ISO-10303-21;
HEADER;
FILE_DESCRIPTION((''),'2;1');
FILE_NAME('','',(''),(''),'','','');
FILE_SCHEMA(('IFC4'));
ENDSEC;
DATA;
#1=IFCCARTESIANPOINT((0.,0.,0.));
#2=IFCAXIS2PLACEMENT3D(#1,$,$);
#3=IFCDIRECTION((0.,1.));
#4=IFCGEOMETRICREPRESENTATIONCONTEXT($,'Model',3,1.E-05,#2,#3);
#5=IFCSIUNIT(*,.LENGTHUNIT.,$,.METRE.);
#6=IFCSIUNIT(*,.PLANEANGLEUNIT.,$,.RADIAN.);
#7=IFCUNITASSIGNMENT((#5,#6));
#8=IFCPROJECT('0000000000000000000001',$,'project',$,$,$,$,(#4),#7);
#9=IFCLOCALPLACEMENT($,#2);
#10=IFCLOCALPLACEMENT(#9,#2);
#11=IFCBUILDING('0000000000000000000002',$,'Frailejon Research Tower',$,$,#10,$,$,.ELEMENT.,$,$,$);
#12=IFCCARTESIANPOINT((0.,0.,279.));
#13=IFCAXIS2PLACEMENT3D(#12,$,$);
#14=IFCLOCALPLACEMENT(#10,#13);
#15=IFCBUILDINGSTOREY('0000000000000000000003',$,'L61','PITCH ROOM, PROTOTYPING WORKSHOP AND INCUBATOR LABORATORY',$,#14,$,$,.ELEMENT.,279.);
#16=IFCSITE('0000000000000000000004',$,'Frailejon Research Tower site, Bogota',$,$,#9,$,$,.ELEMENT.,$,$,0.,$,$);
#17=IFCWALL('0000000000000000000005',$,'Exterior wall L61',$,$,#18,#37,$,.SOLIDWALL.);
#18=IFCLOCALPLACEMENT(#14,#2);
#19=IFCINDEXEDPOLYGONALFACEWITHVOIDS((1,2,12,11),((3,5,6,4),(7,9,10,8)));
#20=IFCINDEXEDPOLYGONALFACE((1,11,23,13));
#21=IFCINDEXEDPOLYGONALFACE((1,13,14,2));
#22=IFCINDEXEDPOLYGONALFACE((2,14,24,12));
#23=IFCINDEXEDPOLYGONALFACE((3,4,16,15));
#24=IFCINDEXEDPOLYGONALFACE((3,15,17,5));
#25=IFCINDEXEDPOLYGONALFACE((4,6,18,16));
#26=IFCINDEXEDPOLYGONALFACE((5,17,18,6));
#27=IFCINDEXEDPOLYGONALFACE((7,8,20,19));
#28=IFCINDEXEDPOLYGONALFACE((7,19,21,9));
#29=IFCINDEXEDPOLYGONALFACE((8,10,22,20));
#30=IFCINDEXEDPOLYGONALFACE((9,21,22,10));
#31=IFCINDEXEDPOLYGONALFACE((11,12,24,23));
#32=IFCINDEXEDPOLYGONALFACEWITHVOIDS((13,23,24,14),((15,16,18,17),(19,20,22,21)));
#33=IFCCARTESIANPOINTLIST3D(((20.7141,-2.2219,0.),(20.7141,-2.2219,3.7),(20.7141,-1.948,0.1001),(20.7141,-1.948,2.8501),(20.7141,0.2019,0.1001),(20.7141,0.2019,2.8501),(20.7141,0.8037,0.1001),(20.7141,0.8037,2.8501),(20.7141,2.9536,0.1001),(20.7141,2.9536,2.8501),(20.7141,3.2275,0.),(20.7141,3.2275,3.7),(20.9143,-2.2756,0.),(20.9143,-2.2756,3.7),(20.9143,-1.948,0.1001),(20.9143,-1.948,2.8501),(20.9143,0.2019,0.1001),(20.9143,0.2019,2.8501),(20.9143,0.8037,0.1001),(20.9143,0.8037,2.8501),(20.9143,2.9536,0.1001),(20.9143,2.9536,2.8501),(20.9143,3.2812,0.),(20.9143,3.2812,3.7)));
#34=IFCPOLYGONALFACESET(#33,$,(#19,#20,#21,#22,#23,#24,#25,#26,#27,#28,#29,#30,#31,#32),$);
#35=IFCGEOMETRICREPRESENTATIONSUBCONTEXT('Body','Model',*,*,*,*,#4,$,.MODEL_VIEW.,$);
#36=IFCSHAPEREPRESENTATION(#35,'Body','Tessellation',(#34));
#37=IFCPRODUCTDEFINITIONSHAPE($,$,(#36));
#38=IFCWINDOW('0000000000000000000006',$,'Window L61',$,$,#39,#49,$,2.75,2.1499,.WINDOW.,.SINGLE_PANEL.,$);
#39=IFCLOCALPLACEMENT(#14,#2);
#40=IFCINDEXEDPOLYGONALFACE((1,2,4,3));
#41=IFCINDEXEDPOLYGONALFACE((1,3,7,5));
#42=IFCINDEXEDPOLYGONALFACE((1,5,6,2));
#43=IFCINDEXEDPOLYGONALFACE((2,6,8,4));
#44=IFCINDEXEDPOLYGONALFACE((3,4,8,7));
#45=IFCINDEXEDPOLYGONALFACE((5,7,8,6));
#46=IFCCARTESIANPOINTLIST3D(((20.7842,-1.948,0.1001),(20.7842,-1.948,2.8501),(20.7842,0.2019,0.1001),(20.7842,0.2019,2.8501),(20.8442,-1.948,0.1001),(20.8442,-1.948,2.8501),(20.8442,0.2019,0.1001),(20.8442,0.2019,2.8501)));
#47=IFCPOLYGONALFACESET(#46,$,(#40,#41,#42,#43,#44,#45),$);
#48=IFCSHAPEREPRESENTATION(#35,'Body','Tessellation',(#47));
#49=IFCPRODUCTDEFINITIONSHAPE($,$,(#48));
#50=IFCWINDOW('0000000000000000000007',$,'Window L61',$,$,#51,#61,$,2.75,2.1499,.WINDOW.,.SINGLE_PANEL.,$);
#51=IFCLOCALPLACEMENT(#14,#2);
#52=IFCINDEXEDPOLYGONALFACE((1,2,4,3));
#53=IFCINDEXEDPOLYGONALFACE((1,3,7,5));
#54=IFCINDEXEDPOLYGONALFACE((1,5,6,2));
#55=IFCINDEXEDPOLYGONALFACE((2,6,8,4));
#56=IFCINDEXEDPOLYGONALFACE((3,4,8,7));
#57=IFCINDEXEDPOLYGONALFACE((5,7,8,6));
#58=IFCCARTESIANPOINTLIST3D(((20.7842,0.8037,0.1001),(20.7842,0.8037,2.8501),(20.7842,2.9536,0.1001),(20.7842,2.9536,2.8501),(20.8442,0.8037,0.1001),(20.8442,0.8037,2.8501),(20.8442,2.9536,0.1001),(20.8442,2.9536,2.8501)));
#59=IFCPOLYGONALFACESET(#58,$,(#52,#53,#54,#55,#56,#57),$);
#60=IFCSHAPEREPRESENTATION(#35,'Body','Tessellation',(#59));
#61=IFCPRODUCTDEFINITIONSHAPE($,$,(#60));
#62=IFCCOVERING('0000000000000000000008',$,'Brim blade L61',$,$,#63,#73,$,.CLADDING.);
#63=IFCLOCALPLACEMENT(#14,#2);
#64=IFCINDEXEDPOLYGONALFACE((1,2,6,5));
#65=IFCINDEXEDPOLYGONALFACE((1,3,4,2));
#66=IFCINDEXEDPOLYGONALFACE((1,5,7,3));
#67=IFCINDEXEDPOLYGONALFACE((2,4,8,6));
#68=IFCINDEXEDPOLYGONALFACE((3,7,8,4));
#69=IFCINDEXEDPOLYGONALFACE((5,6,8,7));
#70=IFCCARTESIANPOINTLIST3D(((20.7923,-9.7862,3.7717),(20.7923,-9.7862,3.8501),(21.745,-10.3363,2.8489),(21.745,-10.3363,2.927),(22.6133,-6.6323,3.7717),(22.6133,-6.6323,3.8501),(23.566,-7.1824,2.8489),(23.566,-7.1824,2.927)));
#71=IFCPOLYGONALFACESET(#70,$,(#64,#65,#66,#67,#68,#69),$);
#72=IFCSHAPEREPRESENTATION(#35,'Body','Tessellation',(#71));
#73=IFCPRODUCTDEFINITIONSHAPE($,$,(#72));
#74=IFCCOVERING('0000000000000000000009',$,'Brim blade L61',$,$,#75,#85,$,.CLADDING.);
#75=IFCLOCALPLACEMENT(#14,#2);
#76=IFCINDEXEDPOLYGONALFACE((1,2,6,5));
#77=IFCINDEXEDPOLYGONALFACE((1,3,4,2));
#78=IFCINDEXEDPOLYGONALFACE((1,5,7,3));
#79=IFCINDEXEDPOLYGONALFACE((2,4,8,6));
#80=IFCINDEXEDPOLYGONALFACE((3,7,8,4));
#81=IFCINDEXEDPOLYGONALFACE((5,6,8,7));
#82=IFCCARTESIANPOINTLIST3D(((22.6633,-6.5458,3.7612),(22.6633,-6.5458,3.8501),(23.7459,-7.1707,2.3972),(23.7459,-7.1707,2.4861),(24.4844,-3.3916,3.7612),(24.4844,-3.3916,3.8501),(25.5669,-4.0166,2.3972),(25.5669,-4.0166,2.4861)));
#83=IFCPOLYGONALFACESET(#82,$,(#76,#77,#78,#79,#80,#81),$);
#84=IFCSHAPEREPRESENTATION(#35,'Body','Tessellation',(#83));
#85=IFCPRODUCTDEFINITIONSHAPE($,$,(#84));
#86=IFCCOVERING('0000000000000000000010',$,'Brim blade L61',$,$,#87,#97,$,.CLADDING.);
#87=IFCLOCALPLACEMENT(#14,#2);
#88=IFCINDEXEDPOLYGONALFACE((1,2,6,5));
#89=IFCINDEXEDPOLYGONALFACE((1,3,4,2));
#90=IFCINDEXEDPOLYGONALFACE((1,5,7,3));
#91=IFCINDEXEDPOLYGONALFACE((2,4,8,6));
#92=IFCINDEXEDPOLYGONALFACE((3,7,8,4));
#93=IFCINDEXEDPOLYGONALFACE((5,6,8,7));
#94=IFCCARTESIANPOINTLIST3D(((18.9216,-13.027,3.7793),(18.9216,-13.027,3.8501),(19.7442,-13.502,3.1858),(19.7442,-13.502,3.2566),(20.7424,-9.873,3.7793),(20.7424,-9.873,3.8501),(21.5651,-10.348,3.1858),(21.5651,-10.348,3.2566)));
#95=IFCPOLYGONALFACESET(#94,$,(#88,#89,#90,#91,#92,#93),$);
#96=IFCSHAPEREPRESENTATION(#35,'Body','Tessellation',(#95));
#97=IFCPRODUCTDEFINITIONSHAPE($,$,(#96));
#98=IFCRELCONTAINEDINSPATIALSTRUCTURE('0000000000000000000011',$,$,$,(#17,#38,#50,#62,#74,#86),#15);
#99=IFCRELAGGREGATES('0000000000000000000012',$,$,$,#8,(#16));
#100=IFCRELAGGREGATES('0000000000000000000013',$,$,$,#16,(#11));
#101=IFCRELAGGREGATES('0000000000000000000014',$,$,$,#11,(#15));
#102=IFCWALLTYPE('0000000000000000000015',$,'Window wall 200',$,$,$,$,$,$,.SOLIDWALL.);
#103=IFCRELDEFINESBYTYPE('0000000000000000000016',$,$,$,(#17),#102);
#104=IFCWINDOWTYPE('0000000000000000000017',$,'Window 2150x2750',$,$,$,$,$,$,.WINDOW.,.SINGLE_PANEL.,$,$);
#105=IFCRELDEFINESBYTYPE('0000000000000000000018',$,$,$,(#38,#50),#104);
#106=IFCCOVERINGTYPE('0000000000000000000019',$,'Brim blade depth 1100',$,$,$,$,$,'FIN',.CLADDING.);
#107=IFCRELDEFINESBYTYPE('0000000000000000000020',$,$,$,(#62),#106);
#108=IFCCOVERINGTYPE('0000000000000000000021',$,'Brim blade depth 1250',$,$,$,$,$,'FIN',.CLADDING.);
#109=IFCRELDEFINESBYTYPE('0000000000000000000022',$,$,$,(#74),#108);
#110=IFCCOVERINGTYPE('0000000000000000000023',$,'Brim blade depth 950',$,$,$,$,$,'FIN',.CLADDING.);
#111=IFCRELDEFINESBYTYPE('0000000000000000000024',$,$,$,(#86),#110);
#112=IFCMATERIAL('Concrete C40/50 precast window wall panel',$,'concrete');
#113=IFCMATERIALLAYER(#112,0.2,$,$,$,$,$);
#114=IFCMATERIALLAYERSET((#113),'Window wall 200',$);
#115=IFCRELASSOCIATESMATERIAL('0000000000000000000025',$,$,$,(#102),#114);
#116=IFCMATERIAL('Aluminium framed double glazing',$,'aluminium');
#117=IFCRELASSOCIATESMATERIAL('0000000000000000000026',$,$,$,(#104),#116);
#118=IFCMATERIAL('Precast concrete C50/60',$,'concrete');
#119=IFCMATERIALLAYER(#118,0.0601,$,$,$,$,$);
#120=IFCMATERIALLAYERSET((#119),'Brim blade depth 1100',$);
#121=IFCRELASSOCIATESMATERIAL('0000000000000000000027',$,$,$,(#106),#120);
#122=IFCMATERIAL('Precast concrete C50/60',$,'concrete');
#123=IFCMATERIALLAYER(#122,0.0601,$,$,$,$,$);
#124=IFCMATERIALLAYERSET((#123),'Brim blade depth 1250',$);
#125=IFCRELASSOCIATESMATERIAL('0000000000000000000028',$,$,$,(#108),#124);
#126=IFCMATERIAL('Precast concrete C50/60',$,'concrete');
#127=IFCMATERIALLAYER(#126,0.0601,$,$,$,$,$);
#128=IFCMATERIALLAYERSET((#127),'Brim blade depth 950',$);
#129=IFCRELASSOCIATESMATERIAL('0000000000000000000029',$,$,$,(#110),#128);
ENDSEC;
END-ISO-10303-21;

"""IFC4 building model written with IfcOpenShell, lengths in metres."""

from ifc_helpers import new_model, si_unit, direction, frame, frame_2d, origin, place, context, subcontext, project, spatial, polyline, rectangle, outline, extrude, material, layer, layer_set, type_object, element, fill, save


model = new_model("IFC4")

# Units and contexts
model_context = context("Model", 3, precision=1e-05, world=origin(), true_north=direction((0.0, 1.0)))
body_context = subcontext(model_context, "Body", "Model", "MODEL_VIEW")
ifc_project = project(units=[si_unit("LENGTHUNIT", "METRE"), si_unit("PLANEANGLEUNIT", "RADIAN")], contexts=[model_context])

# Site, building, storey
site_placement = place(None, origin())
site = spatial("IfcSite", under=ifc_project, at=site_placement, Name="Frailejon Research Tower site, Bogota", CompositionType="ELEMENT", RefElevation=0.0)
building_placement = place(site_placement, origin())
building = spatial("IfcBuilding", under=site, at=building_placement, Name="Frailejon Research Tower", CompositionType="ELEMENT")
storey_placement = place(building_placement, frame((0.0, 0.0, 279.0)))
storey = spatial("IfcBuildingStorey", under=building, at=storey_placement, Name="L61", Description="PITCH ROOM, PROTOTYPING WORKSHOP AND INCUBATOR LABORATORY", CompositionType="ELEMENT", Elevation=279.0)

# Wall, openings, windows
ifc_material_1 = material(Name="Concrete C40/50 precast window wall panel", Category="concrete")
ifc_layer_1 = layer(ifc_material_1, 0.2)
ifc_layer_set_1 = layer_set([ifc_layer_1], Name="Window wall 200")
wall_type = type_object("IfcWallType", Name="Window wall 200", PredefinedType="SOLIDWALL", material=ifc_layer_set_1)
wall_placement = place(storey_placement, frame((20.8142, -2.2488, 0.0), z_axis=(0.0, 0.0, 1.0), x_axis=(0.0, 1.0, 0.0)))
wall = element("IfcWall", 1, at=wall_placement, inside=storey, type_object=wall_type, Name="Exterior wall L61", PredefinedType="SOLIDWALL", context=body_context, shape_type="SweptSolid", body=[
    extrude(outline(polyline([(-0.0269, -0.1001), (1.0845, -0.1001), (2.1958, -0.1001), (3.3074, -0.1001), (4.4187, -0.1001), (5.53, -0.1001), (5.4763, 0.1001), (4.3865, 0.1001), (3.2966, 0.1001), (2.2065, 0.1001), (1.1167, 0.1001), (0.0269, 0.1001), (-0.0269, -0.1001)])), origin(), (0.0, 0.0, 1.0), 3.7),
])
opening_1_placement = place(wall_placement, frame((0.3008, 0.0, 0.1001)))
opening_1 = element("IfcOpeningElement", 2, at=opening_1_placement, cuts=wall, PredefinedType="OPENING", context=body_context, shape_type="SweptSolid", body=[
    extrude(rectangle(XDim=2.1499, YDim=2.75, at=frame_2d((1.075, 1.375))), frame((0.0, 0.1099, 0.0), z_axis=(0.0, -1.0, 0.0), x_axis=(1.0, 0.0, 0.0)), (0.0, 0.0, 1.0), 0.22),
])
opening_2_placement = place(wall_placement, frame((3.0525, 0.0, 0.1001)))
opening_2 = element("IfcOpeningElement", 3, at=opening_2_placement, cuts=wall, PredefinedType="OPENING", context=body_context, shape_type="SweptSolid", body=[
    extrude(rectangle(XDim=2.1499, YDim=2.75, at=frame_2d((1.075, 1.375))), frame((0.0, 0.1099, 0.0), z_axis=(0.0, -1.0, 0.0), x_axis=(1.0, 0.0, 0.0)), (0.0, 0.0, 1.0), 0.22),
])
ifc_material_2 = material(Name="Aluminium framed double glazing", Category="aluminium")
window_type = type_object("IfcWindowType", Name="Window 2150x2750", PartitioningType="SINGLE_PANEL", PredefinedType="WINDOW", material=ifc_material_2)
window_1_placement = place(opening_1_placement, origin())
window_1 = element("IfcWindow", 4, at=window_1_placement, inside=storey, type_object=window_type, Name="Window L61", OverallHeight=2.75, OverallWidth=2.1499, PartitioningType="SINGLE_PANEL", PredefinedType="WINDOW", context=body_context, shape_type="SweptSolid", body=[
    extrude(rectangle(XDim=2.1499, YDim=2.75, at=frame_2d((1.075, 1.375))), frame((0.0, 0.03, 0.0), z_axis=(0.0, -1.0, 0.0), x_axis=(1.0, 0.0, 0.0)), (0.0, 0.0, 1.0), 0.0601),
])
fill(opening_1, window_1)
window_2_placement = place(opening_2_placement, origin())
window_2 = element("IfcWindow", 5, at=window_2_placement, inside=storey, type_object=window_type, Name="Window L61", OverallHeight=2.75, OverallWidth=2.1499, PartitioningType="SINGLE_PANEL", PredefinedType="WINDOW", context=body_context, shape_type="SweptSolid", body=[
    extrude(rectangle(XDim=2.1499, YDim=2.75, at=frame_2d((1.075, 1.375))), frame((0.0, 0.03, 0.0), z_axis=(0.0, -1.0, 0.0), x_axis=(1.0, 0.0, 0.0)), (0.0, 0.0, 1.0), 0.0601),
])
fill(opening_2, window_2)

# Coverings
ifc_material_3 = material(Name="Precast concrete C50/60", Category="concrete")
ifc_layer_2 = layer(ifc_material_3, 0.0601)
ifc_layer_set_2 = layer_set([ifc_layer_2], Name="Brim blade depth 1100")
covering_type_1 = type_object("IfcCoveringType", Name="Brim blade depth 1100", ElementType="FIN", PredefinedType="CLADDING", material=ifc_layer_set_2)
covering_1_placement = place(storey_placement, frame((22.6133, -6.6323, 3.8501), z_axis=(-0.500008, -0.866021, 0.0), x_axis=(0.866021, -0.500008, 0.0)))
element("IfcCovering", 6, at=covering_1_placement, inside=storey, type_object=covering_type_1, Name="Brim blade L61", PredefinedType="CLADDING", context=body_context, shape_type="SweptSolid", body=[
    extrude(outline(polyline([(0.0, -0.0784), (1.1001, -1.0012), (1.1001, -0.9231), (0.0, 0.0), (0.0, -0.0784)])), origin(), (0.0, 0.0, 1.0), 3.6418),
])
ifc_material_4 = material(Name="Precast concrete C50/60", Category="concrete")
ifc_layer_3 = layer(ifc_material_4, 0.0601)
ifc_layer_set_3 = layer_set([ifc_layer_3], Name="Brim blade depth 1250")
covering_type_2 = type_object("IfcCoveringType", Name="Brim blade depth 1250", ElementType="FIN", PredefinedType="CLADDING", material=ifc_layer_set_3)
covering_2_placement = place(storey_placement, frame((24.4844, -3.3916, 3.8501), z_axis=(-0.499996, -0.866028, 0.0), x_axis=(0.866028, -0.499996, 0.0)))
element("IfcCovering", 7, at=covering_2_placement, inside=storey, type_object=covering_type_2, Name="Brim blade L61", PredefinedType="CLADDING", context=body_context, shape_type="SweptSolid", body=[
    extrude(outline(polyline([(0.0, -0.0889), (1.25, -1.4529), (1.25, -1.364), (0.0, 0.0), (0.0, -0.0889)])), origin(), (0.0, 0.0, 1.0), 3.6421),
])
ifc_material_5 = material(Name="Precast concrete C50/60", Category="concrete")
ifc_layer_4 = layer(ifc_material_5, 0.0601)
ifc_layer_set_4 = layer_set([ifc_layer_4], Name="Brim blade depth 950")
covering_type_3 = type_object("IfcCoveringType", Name="Brim blade depth 950", ElementType="FIN", PredefinedType="CLADDING", material=ifc_layer_set_4)
covering_3_placement = place(storey_placement, frame((20.7424, -9.873, 3.8501), z_axis=(-0.499988, -0.866032, 0.0), x_axis=(0.866032, -0.499988, 0.0)))
element("IfcCovering", 8, at=covering_3_placement, inside=storey, type_object=covering_type_3, Name="Brim blade L61", PredefinedType="CLADDING", context=body_context, shape_type="SweptSolid", body=[
    extrude(outline(polyline([(0.0, -0.0708), (0.95, -0.6643), (0.95, -0.5935), (0.0, 0.0), (0.0, -0.0708)])), origin(), (0.0, 0.0, 1.0), 3.6418),
])

save(model, "model.ifc")
